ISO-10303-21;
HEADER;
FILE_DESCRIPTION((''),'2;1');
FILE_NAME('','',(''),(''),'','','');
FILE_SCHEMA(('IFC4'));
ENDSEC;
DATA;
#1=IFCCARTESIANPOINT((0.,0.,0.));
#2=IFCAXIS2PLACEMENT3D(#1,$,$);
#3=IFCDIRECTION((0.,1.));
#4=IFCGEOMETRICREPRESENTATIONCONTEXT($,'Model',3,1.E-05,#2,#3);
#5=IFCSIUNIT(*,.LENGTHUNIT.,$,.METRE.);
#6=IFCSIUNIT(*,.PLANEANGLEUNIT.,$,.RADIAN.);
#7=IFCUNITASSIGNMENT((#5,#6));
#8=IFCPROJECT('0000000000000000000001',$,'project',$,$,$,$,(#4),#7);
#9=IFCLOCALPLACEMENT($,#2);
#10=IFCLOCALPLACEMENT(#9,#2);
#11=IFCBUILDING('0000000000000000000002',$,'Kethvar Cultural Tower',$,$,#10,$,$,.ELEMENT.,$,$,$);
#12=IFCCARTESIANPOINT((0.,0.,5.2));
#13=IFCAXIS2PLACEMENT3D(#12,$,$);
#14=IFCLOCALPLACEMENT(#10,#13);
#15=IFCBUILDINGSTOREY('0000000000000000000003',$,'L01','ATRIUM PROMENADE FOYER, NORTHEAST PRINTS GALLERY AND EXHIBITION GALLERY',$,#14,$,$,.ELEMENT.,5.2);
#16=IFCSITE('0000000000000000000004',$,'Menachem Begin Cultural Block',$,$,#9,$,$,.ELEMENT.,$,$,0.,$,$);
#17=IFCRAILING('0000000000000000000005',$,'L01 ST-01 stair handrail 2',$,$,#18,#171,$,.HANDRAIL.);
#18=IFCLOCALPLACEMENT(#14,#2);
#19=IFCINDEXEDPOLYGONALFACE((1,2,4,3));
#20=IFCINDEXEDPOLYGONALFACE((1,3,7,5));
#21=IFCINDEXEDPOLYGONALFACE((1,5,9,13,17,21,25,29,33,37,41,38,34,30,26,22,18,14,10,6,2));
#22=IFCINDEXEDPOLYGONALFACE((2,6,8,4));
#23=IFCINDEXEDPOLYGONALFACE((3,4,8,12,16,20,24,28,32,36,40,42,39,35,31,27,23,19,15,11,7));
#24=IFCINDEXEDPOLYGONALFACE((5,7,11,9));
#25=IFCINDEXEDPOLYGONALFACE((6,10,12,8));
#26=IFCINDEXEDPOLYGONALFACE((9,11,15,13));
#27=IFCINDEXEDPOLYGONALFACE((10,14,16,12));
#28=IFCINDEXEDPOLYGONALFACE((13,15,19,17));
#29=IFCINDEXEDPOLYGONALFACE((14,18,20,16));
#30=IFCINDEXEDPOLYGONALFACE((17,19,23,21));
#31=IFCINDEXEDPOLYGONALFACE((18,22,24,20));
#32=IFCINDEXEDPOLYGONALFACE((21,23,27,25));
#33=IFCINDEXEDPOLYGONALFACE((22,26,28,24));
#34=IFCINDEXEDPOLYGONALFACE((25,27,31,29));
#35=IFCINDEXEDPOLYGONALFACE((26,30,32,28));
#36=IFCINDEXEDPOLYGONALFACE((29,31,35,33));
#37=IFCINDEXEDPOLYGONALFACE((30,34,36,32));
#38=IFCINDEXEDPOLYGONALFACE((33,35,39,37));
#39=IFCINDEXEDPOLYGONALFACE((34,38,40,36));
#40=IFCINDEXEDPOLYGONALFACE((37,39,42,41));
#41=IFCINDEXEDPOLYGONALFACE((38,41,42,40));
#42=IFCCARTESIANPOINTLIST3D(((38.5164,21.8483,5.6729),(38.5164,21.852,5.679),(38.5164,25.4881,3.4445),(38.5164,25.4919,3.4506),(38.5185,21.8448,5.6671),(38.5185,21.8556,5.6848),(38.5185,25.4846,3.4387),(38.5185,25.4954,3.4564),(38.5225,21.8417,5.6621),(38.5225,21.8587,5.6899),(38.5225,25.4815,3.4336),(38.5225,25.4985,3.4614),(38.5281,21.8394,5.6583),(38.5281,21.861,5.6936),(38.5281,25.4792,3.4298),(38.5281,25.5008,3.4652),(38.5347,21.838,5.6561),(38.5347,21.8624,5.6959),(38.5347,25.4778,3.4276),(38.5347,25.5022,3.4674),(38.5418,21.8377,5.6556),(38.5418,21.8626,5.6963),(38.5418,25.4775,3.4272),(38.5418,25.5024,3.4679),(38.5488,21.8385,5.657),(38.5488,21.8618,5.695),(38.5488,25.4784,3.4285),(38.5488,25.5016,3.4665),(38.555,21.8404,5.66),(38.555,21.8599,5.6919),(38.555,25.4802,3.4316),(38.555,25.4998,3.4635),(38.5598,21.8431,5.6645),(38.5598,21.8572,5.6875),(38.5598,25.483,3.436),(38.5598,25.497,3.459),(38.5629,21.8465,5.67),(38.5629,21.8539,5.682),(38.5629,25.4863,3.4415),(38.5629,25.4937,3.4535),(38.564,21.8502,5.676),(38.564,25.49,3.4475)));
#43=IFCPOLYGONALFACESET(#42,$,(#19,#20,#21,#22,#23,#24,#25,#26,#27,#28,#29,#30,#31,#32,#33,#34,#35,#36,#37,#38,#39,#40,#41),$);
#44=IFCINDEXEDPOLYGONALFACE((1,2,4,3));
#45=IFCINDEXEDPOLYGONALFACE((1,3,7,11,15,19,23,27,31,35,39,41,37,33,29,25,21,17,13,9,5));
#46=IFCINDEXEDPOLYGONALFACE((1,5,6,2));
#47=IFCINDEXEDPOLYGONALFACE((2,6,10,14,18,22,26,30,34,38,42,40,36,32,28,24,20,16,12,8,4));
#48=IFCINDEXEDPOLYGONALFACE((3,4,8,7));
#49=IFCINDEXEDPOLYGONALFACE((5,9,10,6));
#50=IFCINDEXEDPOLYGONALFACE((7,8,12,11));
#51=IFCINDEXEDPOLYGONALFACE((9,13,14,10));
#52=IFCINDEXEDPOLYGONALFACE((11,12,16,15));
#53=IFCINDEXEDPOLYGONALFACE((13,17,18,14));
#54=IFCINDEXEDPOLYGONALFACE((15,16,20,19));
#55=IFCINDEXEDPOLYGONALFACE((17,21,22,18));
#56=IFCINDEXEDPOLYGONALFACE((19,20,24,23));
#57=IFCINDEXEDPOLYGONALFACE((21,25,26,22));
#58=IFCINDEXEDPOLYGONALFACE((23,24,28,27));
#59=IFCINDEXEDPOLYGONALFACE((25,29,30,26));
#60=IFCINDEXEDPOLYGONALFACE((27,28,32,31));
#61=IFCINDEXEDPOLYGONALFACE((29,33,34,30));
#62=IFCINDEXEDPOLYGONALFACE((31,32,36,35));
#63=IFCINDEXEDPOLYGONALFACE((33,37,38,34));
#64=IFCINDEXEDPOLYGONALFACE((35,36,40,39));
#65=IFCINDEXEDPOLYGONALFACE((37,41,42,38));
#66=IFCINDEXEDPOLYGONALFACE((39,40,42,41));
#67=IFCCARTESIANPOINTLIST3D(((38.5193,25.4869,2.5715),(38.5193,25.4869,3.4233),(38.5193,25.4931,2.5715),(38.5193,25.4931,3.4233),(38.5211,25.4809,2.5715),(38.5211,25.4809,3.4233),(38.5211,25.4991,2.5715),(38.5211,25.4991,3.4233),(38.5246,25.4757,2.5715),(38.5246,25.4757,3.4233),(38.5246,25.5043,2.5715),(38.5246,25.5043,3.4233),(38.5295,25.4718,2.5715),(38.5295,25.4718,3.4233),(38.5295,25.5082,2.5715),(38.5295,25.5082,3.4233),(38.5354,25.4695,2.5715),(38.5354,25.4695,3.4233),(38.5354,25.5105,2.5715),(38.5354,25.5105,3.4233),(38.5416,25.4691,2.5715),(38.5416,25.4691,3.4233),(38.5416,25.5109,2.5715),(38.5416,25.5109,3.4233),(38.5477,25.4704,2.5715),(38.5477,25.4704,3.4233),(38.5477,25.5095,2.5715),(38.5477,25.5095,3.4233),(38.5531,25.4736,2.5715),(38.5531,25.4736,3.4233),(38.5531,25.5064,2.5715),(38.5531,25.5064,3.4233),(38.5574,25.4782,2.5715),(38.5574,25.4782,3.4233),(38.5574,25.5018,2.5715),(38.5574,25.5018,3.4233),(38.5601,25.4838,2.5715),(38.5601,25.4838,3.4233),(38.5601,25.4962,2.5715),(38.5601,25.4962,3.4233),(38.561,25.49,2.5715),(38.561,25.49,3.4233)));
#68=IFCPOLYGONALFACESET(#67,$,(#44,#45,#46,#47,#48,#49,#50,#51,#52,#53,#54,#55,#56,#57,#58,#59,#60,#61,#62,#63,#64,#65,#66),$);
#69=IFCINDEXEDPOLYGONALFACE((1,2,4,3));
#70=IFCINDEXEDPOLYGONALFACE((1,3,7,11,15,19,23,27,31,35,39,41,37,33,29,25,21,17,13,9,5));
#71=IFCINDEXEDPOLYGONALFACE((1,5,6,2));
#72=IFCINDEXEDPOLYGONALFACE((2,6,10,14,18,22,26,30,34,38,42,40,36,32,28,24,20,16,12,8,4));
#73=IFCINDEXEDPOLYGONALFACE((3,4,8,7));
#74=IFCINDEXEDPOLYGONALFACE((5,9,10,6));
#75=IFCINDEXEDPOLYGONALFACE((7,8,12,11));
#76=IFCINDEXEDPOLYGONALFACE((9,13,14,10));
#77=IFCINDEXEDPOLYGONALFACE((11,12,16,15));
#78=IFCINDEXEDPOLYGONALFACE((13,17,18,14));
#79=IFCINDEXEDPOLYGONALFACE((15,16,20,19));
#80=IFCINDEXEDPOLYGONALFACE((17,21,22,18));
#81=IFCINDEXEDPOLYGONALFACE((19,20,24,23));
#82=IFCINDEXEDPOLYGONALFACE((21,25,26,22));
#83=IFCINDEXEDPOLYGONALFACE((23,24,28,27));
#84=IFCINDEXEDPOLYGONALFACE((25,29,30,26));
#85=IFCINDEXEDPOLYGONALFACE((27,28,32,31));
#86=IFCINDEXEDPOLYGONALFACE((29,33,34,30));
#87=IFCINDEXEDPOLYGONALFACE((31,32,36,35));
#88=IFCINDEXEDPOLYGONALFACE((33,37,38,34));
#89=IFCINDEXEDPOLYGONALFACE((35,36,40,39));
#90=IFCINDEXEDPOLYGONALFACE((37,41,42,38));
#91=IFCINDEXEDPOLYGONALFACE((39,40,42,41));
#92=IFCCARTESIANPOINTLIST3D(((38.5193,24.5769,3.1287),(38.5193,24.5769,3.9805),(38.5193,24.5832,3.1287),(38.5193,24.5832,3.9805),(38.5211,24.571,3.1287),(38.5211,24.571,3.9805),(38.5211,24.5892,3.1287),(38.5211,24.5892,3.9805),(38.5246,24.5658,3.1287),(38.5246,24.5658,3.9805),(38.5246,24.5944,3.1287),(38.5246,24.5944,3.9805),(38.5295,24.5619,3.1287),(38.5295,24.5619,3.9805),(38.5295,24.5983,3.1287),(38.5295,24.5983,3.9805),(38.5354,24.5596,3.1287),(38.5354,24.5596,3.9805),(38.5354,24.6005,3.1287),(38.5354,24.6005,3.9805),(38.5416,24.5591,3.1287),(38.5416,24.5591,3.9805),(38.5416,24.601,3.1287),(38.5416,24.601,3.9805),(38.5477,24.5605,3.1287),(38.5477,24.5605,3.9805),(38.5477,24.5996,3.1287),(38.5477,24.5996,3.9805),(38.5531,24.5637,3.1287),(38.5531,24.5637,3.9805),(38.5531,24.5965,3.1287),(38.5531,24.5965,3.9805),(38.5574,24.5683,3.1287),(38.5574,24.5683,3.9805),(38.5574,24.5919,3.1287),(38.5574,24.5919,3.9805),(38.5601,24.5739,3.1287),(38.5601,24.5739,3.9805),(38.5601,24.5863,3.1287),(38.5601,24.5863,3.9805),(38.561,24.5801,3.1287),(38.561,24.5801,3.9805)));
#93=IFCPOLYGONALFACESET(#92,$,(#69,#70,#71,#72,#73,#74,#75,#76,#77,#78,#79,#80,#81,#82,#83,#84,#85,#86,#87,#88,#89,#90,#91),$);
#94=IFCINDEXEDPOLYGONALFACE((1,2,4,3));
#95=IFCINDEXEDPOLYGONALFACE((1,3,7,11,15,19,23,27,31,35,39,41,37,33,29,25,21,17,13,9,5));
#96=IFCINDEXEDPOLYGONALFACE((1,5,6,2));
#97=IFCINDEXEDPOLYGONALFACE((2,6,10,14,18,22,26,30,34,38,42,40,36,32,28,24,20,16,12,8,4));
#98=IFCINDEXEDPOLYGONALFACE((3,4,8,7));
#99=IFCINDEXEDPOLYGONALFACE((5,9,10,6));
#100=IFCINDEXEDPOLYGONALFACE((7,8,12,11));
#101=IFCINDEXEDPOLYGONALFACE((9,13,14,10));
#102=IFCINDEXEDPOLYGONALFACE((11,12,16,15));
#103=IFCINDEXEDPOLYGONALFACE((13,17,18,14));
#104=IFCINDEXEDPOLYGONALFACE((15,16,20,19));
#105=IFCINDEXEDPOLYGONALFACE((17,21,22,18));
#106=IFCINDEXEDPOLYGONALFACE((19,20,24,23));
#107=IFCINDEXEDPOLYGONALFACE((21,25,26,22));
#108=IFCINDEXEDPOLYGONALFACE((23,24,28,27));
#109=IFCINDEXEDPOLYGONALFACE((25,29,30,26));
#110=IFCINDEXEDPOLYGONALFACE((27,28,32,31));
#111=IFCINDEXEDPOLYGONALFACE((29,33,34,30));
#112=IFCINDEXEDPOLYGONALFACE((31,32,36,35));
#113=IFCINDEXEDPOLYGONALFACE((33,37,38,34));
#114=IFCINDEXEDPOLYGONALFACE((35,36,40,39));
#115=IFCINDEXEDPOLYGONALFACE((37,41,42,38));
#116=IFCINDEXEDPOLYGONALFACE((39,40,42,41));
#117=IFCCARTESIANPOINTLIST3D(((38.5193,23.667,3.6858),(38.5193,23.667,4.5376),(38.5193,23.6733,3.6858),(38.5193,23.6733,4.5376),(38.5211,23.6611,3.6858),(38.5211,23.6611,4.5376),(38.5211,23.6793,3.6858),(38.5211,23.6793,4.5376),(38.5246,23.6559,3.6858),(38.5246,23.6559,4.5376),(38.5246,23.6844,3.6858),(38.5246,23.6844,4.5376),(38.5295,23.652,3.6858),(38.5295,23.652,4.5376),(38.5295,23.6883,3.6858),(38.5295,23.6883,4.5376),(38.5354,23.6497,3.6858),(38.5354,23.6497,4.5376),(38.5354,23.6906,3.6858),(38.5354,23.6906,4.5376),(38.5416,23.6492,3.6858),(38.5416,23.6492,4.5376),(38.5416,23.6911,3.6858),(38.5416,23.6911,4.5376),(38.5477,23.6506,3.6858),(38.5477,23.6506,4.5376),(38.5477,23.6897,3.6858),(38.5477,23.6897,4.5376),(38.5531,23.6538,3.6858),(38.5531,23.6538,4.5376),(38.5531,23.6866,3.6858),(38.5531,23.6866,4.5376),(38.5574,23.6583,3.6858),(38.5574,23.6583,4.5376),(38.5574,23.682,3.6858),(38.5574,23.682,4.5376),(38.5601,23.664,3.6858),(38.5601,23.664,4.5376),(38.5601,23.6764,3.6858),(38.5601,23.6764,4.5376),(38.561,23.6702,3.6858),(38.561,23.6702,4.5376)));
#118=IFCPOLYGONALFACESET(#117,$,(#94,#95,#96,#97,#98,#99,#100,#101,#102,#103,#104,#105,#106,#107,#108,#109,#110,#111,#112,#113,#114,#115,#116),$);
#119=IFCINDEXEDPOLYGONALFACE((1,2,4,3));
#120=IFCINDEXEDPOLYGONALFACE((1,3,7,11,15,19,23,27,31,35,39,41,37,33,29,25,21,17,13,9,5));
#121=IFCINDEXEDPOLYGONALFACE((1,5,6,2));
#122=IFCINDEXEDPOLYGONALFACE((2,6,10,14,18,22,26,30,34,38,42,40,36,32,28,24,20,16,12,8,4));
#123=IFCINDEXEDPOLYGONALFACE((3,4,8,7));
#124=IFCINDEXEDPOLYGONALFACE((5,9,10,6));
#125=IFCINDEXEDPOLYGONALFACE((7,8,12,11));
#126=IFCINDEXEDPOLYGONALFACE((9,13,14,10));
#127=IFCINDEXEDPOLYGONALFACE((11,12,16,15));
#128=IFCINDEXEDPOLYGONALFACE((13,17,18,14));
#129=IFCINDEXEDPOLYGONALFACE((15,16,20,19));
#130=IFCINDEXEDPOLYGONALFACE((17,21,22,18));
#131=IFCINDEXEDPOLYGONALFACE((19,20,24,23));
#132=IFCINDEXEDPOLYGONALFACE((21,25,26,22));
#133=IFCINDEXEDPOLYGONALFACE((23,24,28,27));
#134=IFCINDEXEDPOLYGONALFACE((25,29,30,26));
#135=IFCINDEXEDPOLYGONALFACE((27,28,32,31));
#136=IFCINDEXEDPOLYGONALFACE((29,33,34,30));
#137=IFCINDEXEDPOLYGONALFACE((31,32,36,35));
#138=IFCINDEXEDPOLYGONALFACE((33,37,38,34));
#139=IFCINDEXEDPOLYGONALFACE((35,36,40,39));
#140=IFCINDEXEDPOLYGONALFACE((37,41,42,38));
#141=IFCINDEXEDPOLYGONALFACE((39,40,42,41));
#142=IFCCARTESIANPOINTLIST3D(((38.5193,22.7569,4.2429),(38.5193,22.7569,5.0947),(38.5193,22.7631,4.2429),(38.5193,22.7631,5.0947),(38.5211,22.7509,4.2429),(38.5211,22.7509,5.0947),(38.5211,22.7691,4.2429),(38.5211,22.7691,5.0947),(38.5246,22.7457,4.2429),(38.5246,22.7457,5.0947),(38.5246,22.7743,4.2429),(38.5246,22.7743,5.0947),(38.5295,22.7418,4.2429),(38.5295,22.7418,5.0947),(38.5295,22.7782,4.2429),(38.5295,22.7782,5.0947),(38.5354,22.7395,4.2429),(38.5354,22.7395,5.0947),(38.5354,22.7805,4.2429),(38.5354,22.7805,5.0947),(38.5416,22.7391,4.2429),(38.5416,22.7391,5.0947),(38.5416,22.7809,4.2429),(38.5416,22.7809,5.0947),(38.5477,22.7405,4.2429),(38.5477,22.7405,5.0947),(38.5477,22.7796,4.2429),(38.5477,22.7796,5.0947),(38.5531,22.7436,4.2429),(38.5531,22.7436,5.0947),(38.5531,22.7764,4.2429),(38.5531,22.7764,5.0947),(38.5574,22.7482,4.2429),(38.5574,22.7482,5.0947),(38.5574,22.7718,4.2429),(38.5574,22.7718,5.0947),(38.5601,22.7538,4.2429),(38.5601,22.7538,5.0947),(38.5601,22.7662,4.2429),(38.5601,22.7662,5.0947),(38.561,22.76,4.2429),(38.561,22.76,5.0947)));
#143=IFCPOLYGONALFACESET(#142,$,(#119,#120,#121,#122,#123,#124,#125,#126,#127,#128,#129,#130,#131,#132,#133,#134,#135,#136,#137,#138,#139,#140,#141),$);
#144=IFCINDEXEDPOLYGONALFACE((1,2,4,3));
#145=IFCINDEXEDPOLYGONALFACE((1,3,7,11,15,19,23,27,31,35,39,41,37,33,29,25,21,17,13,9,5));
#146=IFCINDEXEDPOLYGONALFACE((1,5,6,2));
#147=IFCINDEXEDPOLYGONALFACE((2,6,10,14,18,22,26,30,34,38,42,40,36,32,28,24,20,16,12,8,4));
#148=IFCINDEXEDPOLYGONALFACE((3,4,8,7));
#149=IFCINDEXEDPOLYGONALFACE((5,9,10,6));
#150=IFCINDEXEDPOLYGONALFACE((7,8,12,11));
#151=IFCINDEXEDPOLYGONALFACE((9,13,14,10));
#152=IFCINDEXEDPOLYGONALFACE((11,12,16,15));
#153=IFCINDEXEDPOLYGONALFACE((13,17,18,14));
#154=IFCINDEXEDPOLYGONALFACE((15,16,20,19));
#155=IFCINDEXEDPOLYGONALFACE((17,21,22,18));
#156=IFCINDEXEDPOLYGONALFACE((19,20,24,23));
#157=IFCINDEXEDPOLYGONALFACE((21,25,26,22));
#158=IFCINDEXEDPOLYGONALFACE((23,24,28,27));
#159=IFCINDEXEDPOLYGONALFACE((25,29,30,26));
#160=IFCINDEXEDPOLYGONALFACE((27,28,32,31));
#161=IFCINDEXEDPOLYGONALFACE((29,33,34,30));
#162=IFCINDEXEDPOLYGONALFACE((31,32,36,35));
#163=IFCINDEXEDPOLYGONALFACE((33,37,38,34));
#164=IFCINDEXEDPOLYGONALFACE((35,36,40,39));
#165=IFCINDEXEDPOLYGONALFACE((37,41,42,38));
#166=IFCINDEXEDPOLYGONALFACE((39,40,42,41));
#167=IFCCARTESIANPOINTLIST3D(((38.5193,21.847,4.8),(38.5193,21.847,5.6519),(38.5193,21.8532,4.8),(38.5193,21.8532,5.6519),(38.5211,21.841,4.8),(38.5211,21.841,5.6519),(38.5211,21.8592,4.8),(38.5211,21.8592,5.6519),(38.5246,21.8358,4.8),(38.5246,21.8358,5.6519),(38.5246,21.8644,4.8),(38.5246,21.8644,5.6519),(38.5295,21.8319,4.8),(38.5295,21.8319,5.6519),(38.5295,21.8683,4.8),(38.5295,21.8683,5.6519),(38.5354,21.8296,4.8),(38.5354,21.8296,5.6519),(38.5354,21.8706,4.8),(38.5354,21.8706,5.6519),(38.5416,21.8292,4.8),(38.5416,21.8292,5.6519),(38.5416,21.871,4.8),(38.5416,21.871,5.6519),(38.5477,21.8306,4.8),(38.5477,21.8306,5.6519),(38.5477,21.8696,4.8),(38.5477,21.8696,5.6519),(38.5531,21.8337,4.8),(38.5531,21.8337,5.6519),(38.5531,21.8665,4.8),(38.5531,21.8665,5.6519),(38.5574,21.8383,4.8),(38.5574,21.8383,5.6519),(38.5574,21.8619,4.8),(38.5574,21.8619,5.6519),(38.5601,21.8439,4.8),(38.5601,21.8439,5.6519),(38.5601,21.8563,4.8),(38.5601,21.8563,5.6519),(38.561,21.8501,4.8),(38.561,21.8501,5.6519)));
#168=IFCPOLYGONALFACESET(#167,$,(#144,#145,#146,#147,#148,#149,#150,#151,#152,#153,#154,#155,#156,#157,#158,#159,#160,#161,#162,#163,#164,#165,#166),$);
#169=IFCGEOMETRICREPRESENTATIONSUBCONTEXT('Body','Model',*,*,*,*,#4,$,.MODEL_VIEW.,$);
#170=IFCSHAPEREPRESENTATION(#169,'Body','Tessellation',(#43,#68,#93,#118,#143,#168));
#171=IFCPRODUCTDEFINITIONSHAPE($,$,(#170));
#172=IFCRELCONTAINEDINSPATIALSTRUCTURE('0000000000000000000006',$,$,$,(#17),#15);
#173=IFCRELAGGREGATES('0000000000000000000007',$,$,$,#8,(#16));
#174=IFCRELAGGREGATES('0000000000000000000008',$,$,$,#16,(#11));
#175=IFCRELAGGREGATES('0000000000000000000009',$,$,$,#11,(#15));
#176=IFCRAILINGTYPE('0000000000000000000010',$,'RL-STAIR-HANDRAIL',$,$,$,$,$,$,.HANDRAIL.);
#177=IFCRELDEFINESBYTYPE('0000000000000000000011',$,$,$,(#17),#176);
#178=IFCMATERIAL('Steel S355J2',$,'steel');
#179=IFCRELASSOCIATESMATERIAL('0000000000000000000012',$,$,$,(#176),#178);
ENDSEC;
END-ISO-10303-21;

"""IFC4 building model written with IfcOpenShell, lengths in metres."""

from ifc_helpers import new_model, si_unit, direction, frame, origin, origin_2d, place, context, subcontext, project, spatial, circle, extrude, material, type_object, element, save


model = new_model("IFC4")

# Units and contexts
model_context = context("Model", 3, precision=1e-05, world=origin(), true_north=direction((0.0, 1.0)))
body_context = subcontext(model_context, "Body", "Model", "MODEL_VIEW")
ifc_project = project(units=[si_unit("LENGTHUNIT", "METRE"), si_unit("PLANEANGLEUNIT", "RADIAN")], contexts=[model_context])

# Site, building, storey
site_placement = place(None, origin())
site = spatial("IfcSite", under=ifc_project, at=site_placement, Name="Menachem Begin Cultural Block", CompositionType="ELEMENT", RefElevation=0.0)
building_placement = place(site_placement, origin())
building = spatial("IfcBuilding", under=site, at=building_placement, Name="Kethvar Cultural Tower", CompositionType="ELEMENT")
storey_placement = place(building_placement, frame((0.0, 0.0, 5.2)))
storey = spatial("IfcBuildingStorey", under=building, at=storey_placement, Name="L01", Description="ATRIUM PROMENADE FOYER, NORTHEAST PRINTS GALLERY AND EXHIBITION GALLERY", CompositionType="ELEMENT", Elevation=5.2)

# Shared definitions
ifc_material_1 = material(Name="Steel S355J2", Category="steel")

# Railing
railing_type_1 = type_object("IfcRailingType", Name="RL-STAIR-HANDRAIL", PredefinedType="HANDRAIL", material=ifc_material_1)
railing_1_placement = place(storey_placement, frame((38.54, 25.49, 2.5715)))
element("IfcRailing", 1, at=railing_1_placement, inside=storey, type_object=railing_type_1, Name="L01 ST-01 stair handrail 2", PredefinedType="HANDRAIL", context=body_context, shape_type="SweptSolid", body=[
    extrude(circle(Radius=0.0239, at=origin_2d()), frame((0.0, 0.0, 0.876), z_axis=(0.0, -0.85285, 0.522156), x_axis=(1.0, 0.0, 0.0)), (0.0, 0.0, 1.0), 4.2678),
    extrude(circle(Radius=0.021, at=origin_2d()), origin(), (0.0, 0.0, 1.0), 0.8518),
    extrude(circle(Radius=0.021, at=origin_2d()), frame((0.0, -0.9099, 0.5571)), (0.0, 0.0, 1.0), 0.8518),
    extrude(circle(Radius=0.021, at=origin_2d()), frame((0.0, -1.8198, 1.1143)), (0.0, 0.0, 1.0), 0.8518),
    extrude(circle(Radius=0.021, at=origin_2d()), frame((0.0, -2.73, 1.6714)), (0.0, 0.0, 1.0), 0.8518),
    extrude(circle(Radius=0.021, at=origin_2d()), frame((0.0, -3.6399, 2.2285)), (0.0, 0.0, 1.0), 0.8518),
])

save(model, "model.ifc")
